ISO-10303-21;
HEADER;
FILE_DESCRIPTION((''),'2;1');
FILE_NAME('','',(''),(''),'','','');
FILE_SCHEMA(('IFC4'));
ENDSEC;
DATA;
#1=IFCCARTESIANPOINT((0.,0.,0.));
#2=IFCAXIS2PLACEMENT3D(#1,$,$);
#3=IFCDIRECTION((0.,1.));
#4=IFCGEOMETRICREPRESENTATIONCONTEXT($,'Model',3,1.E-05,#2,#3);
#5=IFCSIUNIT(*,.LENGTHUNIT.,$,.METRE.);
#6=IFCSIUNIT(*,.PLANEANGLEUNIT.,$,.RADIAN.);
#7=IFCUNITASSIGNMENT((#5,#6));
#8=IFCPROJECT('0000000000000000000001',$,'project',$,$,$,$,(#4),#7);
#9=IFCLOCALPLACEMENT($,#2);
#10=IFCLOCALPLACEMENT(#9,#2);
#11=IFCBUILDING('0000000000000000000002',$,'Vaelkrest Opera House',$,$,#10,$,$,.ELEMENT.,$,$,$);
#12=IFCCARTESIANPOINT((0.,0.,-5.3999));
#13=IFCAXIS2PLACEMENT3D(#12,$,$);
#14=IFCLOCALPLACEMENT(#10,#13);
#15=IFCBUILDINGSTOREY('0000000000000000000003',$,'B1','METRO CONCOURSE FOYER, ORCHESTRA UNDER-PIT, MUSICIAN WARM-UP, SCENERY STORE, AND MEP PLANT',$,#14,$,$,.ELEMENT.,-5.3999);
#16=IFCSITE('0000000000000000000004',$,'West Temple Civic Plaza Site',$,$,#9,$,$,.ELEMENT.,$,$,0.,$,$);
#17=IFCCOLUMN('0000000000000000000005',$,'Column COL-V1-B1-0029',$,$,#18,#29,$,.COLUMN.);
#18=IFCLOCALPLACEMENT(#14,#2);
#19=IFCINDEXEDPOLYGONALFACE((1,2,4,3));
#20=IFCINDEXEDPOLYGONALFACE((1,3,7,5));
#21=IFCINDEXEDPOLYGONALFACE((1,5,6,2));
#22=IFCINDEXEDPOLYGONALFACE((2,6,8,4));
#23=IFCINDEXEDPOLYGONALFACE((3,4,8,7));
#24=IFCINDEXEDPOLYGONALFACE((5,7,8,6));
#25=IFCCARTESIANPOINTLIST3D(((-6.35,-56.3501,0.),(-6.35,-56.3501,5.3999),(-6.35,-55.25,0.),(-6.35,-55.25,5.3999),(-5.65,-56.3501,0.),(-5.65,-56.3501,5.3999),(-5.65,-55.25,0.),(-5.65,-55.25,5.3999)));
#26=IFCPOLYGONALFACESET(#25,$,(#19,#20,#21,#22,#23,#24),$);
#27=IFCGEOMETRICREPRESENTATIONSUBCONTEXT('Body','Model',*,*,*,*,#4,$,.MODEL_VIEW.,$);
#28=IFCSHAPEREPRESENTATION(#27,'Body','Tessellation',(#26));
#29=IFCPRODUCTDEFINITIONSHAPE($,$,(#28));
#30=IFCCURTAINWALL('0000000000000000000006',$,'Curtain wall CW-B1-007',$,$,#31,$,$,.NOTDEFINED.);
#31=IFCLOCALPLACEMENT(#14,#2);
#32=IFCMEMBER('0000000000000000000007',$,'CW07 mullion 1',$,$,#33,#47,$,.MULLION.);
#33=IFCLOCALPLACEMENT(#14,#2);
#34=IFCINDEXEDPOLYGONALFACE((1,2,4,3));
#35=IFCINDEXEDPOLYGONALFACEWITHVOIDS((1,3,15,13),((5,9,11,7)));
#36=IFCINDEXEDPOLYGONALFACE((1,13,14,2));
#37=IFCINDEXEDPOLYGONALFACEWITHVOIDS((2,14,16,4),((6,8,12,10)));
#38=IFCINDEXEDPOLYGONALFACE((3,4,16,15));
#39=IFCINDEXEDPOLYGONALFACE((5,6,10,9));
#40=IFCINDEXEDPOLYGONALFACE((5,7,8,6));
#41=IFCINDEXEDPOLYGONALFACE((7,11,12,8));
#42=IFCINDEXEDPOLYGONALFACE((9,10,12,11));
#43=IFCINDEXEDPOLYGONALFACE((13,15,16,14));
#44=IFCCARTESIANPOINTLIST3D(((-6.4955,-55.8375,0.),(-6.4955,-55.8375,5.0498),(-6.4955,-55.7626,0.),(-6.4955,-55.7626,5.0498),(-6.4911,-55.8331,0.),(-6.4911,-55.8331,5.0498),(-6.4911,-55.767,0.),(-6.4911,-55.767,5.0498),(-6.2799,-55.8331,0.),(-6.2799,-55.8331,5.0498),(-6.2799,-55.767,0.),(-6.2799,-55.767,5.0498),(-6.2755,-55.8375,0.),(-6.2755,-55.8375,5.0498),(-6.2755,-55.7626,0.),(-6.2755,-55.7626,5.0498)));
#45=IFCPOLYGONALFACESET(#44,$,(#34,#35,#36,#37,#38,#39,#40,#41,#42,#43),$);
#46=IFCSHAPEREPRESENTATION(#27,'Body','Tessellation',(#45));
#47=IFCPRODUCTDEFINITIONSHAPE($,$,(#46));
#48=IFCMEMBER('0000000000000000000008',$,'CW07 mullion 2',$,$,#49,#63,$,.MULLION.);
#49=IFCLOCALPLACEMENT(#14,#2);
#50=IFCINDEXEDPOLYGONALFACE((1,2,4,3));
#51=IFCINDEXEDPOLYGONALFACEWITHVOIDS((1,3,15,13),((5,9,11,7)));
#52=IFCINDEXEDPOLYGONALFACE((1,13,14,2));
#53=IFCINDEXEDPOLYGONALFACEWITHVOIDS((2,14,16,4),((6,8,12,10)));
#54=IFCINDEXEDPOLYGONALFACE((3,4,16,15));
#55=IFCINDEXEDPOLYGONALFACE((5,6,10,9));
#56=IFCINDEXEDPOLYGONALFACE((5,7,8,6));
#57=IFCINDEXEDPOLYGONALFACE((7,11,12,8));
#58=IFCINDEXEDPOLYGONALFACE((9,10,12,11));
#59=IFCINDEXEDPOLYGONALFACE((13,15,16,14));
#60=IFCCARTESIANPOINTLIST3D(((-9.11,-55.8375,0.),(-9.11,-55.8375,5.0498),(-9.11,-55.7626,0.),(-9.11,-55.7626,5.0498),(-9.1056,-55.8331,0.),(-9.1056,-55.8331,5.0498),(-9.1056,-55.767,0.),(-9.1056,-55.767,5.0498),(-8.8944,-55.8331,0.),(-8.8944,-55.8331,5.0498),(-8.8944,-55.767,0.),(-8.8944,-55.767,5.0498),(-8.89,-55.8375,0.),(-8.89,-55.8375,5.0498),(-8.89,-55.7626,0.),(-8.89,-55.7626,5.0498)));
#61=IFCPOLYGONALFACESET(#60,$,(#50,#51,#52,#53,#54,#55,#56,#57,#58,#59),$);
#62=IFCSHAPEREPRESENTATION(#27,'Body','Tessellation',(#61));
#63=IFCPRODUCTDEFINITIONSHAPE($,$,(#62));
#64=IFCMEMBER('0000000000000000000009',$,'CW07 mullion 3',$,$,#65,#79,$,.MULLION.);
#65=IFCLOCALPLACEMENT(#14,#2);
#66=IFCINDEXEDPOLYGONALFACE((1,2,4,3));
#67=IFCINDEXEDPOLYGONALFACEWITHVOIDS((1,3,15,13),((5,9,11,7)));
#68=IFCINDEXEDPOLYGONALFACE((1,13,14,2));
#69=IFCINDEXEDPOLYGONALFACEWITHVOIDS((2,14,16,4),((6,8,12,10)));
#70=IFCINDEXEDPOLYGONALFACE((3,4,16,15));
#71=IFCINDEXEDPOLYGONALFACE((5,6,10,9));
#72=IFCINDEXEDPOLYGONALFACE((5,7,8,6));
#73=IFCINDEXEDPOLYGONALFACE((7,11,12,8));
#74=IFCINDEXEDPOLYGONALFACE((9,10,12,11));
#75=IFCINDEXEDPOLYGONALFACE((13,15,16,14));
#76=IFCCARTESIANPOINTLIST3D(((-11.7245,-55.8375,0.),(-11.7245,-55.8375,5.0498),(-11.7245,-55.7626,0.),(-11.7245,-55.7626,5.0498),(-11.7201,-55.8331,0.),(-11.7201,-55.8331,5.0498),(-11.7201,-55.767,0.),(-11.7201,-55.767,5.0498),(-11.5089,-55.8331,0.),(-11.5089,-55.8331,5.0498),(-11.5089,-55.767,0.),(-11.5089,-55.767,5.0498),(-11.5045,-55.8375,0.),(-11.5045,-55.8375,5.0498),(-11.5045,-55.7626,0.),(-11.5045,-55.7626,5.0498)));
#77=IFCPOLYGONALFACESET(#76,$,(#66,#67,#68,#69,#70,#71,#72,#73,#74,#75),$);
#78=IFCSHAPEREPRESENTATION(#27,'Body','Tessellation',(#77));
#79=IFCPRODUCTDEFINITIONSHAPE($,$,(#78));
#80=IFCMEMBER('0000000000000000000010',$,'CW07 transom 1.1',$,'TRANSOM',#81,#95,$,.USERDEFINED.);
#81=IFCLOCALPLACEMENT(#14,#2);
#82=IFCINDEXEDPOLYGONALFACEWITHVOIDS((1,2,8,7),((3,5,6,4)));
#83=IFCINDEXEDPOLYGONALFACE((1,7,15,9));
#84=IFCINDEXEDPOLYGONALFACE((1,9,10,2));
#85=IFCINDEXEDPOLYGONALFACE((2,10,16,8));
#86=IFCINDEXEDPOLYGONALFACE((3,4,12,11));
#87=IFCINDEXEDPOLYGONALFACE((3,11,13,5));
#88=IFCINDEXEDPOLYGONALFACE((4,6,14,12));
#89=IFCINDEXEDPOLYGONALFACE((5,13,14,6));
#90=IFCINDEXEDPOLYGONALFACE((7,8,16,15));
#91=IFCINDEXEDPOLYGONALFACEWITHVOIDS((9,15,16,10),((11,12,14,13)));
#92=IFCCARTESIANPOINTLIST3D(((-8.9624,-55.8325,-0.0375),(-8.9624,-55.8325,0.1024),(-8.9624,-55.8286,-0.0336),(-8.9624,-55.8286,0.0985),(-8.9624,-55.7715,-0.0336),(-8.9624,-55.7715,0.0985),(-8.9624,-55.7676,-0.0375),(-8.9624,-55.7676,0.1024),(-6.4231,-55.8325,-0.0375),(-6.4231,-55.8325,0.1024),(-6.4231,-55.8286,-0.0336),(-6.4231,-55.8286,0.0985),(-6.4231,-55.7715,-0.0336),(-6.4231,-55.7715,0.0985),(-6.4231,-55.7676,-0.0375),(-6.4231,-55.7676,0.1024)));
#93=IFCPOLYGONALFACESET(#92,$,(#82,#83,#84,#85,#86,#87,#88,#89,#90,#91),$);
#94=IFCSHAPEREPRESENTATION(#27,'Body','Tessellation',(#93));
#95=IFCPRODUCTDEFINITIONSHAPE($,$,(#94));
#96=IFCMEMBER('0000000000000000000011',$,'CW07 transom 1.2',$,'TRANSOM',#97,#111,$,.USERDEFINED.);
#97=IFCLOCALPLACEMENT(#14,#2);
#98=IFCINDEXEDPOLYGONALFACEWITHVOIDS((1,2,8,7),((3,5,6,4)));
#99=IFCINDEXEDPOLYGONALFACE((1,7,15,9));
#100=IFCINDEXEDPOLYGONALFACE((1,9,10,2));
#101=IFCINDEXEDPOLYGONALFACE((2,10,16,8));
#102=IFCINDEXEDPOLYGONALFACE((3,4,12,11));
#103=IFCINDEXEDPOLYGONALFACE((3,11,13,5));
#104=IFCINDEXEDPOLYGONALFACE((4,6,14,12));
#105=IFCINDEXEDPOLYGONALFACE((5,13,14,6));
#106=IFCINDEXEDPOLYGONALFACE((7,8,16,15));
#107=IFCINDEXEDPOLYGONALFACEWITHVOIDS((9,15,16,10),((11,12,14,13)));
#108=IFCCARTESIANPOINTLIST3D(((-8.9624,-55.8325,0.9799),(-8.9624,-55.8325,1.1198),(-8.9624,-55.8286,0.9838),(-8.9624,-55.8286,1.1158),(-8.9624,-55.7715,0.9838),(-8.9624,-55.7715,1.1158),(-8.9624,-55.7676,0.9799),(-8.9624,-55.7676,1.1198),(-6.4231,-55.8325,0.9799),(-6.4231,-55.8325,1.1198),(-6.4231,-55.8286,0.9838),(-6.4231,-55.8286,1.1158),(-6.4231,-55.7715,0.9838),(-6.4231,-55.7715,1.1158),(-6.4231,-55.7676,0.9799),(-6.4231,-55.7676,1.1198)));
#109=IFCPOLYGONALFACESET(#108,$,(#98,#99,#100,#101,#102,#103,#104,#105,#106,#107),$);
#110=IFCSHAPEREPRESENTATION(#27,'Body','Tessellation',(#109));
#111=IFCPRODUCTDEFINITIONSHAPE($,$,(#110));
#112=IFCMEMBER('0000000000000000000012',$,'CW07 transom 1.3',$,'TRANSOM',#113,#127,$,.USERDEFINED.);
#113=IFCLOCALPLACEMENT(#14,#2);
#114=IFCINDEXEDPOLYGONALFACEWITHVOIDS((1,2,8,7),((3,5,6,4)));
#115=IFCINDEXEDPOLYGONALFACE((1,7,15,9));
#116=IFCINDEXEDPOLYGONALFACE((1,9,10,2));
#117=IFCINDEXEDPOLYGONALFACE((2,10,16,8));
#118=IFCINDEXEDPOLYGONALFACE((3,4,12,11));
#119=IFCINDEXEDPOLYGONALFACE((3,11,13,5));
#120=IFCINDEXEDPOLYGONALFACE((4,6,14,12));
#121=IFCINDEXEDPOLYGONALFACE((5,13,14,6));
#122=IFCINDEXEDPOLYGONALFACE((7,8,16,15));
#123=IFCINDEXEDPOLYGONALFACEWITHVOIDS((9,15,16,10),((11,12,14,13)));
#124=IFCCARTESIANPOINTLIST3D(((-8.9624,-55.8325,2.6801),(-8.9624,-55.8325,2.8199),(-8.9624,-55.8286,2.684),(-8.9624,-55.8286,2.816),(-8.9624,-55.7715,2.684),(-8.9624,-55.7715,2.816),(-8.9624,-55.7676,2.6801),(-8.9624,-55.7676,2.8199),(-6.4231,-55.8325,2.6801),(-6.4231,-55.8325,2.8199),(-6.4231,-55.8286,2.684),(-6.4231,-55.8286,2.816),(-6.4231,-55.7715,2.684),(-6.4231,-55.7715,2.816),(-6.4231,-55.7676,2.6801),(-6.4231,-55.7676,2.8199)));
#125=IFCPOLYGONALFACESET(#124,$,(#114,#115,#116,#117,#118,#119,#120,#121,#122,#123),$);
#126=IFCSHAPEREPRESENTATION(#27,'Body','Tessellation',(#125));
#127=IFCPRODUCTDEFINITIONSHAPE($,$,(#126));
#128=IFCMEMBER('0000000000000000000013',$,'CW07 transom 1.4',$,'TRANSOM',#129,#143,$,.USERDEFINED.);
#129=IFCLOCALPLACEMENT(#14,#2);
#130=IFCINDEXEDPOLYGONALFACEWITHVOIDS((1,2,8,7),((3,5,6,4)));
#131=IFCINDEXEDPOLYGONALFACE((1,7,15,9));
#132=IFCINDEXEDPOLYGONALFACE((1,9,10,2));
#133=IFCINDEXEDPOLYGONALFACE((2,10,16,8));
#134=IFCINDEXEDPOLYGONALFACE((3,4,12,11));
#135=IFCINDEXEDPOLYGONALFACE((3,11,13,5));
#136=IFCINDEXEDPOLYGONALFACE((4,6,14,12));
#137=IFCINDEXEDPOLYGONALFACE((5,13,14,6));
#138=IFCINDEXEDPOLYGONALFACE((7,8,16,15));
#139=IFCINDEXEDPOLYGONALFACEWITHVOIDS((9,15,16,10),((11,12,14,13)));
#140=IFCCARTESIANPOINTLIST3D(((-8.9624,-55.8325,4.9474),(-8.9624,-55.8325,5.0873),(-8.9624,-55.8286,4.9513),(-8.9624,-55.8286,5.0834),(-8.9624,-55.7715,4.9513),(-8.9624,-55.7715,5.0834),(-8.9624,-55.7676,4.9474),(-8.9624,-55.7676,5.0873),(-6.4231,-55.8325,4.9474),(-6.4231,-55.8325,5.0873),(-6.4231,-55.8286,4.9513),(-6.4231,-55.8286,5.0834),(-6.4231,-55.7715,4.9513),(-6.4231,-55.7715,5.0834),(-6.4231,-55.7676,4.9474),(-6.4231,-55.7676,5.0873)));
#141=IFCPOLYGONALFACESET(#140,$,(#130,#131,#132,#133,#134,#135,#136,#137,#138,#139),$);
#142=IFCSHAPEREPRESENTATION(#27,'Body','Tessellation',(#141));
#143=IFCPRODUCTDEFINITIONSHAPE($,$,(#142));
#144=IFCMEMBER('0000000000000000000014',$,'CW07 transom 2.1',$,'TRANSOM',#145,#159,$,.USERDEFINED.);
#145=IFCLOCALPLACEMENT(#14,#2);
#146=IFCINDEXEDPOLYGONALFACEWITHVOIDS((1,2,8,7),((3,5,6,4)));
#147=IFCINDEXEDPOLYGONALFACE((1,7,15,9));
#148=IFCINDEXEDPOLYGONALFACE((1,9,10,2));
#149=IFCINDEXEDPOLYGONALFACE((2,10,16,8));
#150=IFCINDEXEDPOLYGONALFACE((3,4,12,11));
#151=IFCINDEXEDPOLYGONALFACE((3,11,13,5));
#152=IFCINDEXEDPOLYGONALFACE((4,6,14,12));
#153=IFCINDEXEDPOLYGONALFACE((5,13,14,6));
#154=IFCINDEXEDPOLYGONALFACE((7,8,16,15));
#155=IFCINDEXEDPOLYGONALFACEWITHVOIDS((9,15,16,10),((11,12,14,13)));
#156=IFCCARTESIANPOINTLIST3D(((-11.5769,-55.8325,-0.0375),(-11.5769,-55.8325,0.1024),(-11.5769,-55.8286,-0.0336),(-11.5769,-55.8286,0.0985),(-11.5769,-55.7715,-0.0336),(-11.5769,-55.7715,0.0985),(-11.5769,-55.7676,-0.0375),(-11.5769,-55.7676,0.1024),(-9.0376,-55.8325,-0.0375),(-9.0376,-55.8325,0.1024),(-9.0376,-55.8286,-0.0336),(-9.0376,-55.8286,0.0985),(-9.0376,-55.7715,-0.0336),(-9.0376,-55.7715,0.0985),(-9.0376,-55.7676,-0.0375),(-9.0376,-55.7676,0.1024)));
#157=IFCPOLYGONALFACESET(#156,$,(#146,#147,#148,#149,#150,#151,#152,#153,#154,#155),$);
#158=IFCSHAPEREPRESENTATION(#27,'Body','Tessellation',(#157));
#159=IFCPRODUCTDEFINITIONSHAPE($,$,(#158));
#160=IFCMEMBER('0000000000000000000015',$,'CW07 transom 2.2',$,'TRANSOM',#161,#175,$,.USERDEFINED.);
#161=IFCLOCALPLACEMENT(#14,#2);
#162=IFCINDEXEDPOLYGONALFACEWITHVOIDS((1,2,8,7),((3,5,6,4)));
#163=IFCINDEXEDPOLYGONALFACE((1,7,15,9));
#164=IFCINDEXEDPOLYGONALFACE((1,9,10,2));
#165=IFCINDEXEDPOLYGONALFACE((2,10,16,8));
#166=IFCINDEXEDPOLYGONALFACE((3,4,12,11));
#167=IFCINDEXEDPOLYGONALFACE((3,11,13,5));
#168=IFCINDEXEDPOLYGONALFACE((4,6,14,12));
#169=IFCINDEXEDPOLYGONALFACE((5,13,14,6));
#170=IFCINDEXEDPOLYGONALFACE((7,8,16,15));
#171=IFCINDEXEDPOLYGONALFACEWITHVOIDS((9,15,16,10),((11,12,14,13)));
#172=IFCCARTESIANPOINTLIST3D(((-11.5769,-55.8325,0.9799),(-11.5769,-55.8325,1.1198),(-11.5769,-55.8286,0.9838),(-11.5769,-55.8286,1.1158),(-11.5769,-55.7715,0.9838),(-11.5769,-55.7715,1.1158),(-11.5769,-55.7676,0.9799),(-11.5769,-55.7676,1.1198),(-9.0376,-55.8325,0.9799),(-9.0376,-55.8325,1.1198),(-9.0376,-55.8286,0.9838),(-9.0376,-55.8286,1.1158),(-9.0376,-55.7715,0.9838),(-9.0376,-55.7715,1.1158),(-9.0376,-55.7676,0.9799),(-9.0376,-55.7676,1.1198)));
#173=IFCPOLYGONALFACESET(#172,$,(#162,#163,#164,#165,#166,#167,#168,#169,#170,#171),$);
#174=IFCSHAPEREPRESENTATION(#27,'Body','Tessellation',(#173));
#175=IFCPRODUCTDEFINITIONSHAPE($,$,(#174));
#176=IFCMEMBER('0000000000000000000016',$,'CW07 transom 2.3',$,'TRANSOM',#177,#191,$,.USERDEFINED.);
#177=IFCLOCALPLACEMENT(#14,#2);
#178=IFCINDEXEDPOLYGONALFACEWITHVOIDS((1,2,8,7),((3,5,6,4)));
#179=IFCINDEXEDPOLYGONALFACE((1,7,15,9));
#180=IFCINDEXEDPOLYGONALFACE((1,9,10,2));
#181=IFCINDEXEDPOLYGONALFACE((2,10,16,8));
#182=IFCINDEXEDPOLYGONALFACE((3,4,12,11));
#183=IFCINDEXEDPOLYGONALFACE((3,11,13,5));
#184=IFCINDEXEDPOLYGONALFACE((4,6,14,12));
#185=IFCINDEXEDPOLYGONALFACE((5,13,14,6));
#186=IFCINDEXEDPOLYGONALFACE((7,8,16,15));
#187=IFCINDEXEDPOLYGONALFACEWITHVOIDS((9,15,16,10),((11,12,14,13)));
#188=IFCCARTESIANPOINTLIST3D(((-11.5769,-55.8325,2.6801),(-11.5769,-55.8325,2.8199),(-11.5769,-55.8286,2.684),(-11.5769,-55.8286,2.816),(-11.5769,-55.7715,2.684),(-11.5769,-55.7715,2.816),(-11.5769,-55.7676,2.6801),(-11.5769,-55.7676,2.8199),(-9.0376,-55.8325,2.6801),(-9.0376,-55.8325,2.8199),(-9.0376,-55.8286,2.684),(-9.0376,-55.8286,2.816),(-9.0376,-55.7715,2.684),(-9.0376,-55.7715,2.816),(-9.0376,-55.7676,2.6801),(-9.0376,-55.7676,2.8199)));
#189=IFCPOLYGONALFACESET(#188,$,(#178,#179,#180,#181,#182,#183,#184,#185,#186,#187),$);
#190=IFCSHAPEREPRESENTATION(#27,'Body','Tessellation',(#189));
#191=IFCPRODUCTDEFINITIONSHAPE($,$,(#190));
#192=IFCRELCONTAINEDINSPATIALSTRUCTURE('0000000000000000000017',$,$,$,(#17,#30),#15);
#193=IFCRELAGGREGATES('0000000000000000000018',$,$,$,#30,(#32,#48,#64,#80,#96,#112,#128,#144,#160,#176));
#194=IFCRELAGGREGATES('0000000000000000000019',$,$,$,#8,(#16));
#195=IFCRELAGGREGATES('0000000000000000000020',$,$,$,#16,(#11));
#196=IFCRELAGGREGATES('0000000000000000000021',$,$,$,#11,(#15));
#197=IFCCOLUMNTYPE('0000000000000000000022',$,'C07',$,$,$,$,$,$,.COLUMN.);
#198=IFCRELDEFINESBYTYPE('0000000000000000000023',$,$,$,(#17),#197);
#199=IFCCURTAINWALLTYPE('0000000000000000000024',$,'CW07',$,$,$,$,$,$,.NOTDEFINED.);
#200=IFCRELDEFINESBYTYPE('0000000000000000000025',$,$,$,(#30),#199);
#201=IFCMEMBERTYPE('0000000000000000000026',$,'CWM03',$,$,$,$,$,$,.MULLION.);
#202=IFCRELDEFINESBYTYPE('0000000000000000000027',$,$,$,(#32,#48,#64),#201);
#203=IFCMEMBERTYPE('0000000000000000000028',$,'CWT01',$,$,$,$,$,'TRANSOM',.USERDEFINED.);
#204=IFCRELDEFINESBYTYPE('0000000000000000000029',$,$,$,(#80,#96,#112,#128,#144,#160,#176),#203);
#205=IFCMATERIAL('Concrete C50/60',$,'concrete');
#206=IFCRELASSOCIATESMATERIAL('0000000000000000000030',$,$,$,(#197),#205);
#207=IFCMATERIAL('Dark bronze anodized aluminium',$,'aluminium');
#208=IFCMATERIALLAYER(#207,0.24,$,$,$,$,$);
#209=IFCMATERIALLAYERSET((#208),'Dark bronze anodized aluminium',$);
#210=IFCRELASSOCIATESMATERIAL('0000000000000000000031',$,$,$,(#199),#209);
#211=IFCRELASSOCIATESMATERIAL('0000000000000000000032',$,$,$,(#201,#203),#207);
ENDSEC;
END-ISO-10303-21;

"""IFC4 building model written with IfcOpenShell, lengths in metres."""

from ifc_helpers import new_model, si_unit, direction, frame, origin, origin_2d, place, context, subcontext, project, spatial, rectangle, hollow_rectangle, extrude, material, layer, layer_set, material_profile, profile_set, type_object, element, aggregate, save


model = new_model("IFC4")

# Units and contexts
model_context = context("Model", 3, precision=1e-05, world=origin(), true_north=direction((0.0, 1.0)))
body_context = subcontext(model_context, "Body", "Model", "MODEL_VIEW")
ifc_project = project(units=[si_unit("LENGTHUNIT", "METRE"), si_unit("PLANEANGLEUNIT", "RADIAN")], contexts=[model_context])

# Site, building, storey
site_placement = place(None, origin())
site = spatial("IfcSite", under=ifc_project, at=site_placement, Name="West Temple Civic Plaza Site", CompositionType="ELEMENT", RefElevation=0.0)
building_placement = place(site_placement, origin())
building = spatial("IfcBuilding", under=site, at=building_placement, Name="Vaelkrest Opera House", CompositionType="ELEMENT")
storey_placement = place(building_placement, frame((0.0, 0.0, -5.3999)))
storey = spatial("IfcBuildingStorey", under=building, at=storey_placement, Name="B1", Description="METRO CONCOURSE FOYER, ORCHESTRA UNDER-PIT, MUSICIAN WARM-UP, SCENERY STORE, AND MEP PLANT", CompositionType="ELEMENT", Elevation=-5.3999)

# Column
ifc_material_1 = material(Name="Concrete C50/60", Category="concrete")
ifc_material_profile_1 = material_profile(ifc_material_1, rectangle(XDim=0.7, YDim=1.1001, at=origin_2d()), Name="RC700X1100")
ifc_profile_set_1 = profile_set([ifc_material_profile_1], Name="Concrete C50/60")
column_type = type_object("IfcColumnType", Name="C07", PredefinedType="COLUMN", material=ifc_profile_set_1)
column_placement = place(storey_placement, frame((-6.0, -55.8, 0.0), z_axis=(0.0, 0.0, 1.0), x_axis=(1.0, 0.0, 0.0)))
element("IfcColumn", 1, at=column_placement, inside=storey, type_object=column_type, Name="Column COL-V1-B1-0029", PredefinedType="COLUMN", context=body_context, shape_type="SweptSolid", body=[
    extrude(rectangle(XDim=0.7, YDim=1.1001, at=origin_2d()), origin(), (0.0, 0.0, 1.0), 5.3999),
])

# Curtain wall, members
ifc_material_2 = material(Name="Dark bronze anodized aluminium", Category="aluminium")
ifc_layer_1 = layer(ifc_material_2, 0.24)
ifc_layer_set_1 = layer_set([ifc_layer_1], Name="Dark bronze anodized aluminium")
curtain_wall_type = type_object("IfcCurtainWallType", Name="CW07", PredefinedType="NOTDEFINED", material=ifc_layer_set_1)
curtain_wall_placement = place(storey_placement, origin())
curtain_wall = element("IfcCurtainWall", 2, at=curtain_wall_placement, inside=storey, type_object=curtain_wall_type, Name="Curtain wall CW-B1-007", PredefinedType="NOTDEFINED")
ifc_material_profile_2 = material_profile(ifc_material_2, hollow_rectangle(XDim=0.075, YDim=0.22, WallThickness=0.0044, at=origin_2d()), Name="CWM75X220")
ifc_profile_set_2 = profile_set([ifc_material_profile_2], Name="Dark bronze anodized aluminium")
member_type_1 = type_object("IfcMemberType", Name="CWM03", PredefinedType="MULLION", material=ifc_profile_set_2)
member_1_placement = place(storey_placement, frame((-6.3855, -55.8, 0.0), z_axis=(0.0, 0.0, 1.0), x_axis=(0.0, -1.0, 0.0)))
member_1 = element("IfcMember", 3, at=member_1_placement, type_object=member_type_1, Name="CW07 mullion 1", PredefinedType="MULLION", context=body_context, shape_type="SweptSolid", body=[
    extrude(hollow_rectangle(XDim=0.075, YDim=0.22, WallThickness=0.0044, at=origin_2d()), origin(), (0.0, 0.0, 1.0), 5.0498),
])
member_2_placement = place(storey_placement, frame((-9.0, -55.8, 0.0), z_axis=(0.0, 0.0, 1.0), x_axis=(0.0, -1.0, 0.0)))
member_2 = element("IfcMember", 4, at=member_2_placement, type_object=member_type_1, Name="CW07 mullion 2", PredefinedType="MULLION", context=body_context, shape_type="SweptSolid", body=[
    extrude(hollow_rectangle(XDim=0.075, YDim=0.22, WallThickness=0.0044, at=origin_2d()), origin(), (0.0, 0.0, 1.0), 5.0498),
])
member_3_placement = place(storey_placement, frame((-11.6145, -55.8, 0.0), z_axis=(0.0, 0.0, 1.0), x_axis=(0.0, -1.0, 0.0)))
member_3 = element("IfcMember", 5, at=member_3_placement, type_object=member_type_1, Name="CW07 mullion 3", PredefinedType="MULLION", context=body_context, shape_type="SweptSolid", body=[
    extrude(hollow_rectangle(XDim=0.075, YDim=0.22, WallThickness=0.0044, at=origin_2d()), origin(), (0.0, 0.0, 1.0), 5.0498),
])
ifc_material_profile_3 = material_profile(ifc_material_2, hollow_rectangle(XDim=0.0649, YDim=0.1399, WallThickness=0.0039, at=origin_2d()), Name="CWT65X140")
ifc_profile_set_3 = profile_set([ifc_material_profile_3], Name="Dark bronze anodized aluminium")
member_type_2 = type_object("IfcMemberType", Name="CWT01", ElementType="TRANSOM", PredefinedType="USERDEFINED", material=ifc_profile_set_3)
member_4_placement = place(storey_placement, frame((-6.4231, -55.8, 0.0325), z_axis=(-1.0, 0.0, 0.0), x_axis=(0.0, -1.0, 0.0)))
member_4 = element("IfcMember", 6, at=member_4_placement, type_object=member_type_2, Name="CW07 transom 1.1", ObjectType="TRANSOM", PredefinedType="USERDEFINED", context=body_context, shape_type="SweptSolid", body=[
    extrude(hollow_rectangle(XDim=0.0649, YDim=0.1399, WallThickness=0.0039, at=origin_2d()), origin(), (0.0, 0.0, 1.0), 2.5393),
])
member_5_placement = place(storey_placement, frame((-6.4231, -55.8, 1.0498), z_axis=(-1.0, 0.0, 0.0), x_axis=(0.0, -1.0, 0.0)))
member_5 = element("IfcMember", 7, at=member_5_placement, type_object=member_type_2, Name="CW07 transom 1.2", ObjectType="TRANSOM", PredefinedType="USERDEFINED", context=body_context, shape_type="SweptSolid", body=[
    extrude(hollow_rectangle(XDim=0.0649, YDim=0.1399, WallThickness=0.0039, at=origin_2d()), origin(), (0.0, 0.0, 1.0), 2.5393),
])
member_6_placement = place(storey_placement, frame((-6.4231, -55.8, 2.75), z_axis=(-1.0, 0.0, 0.0), x_axis=(0.0, -1.0, 0.0)))
member_6 = element("IfcMember", 8, at=member_6_placement, type_object=member_type_2, Name="CW07 transom 1.3", ObjectType="TRANSOM", PredefinedType="USERDEFINED", context=body_context, shape_type="SweptSolid", body=[
    extrude(hollow_rectangle(XDim=0.0649, YDim=0.1399, WallThickness=0.0039, at=origin_2d()), origin(), (0.0, 0.0, 1.0), 2.5393),
])
member_7_placement = place(storey_placement, frame((-6.4231, -55.8, 5.0173), z_axis=(-1.0, 0.0, 0.0), x_axis=(0.0, -1.0, 0.0)))
member_7 = element("IfcMember", 9, at=member_7_placement, type_object=member_type_2, Name="CW07 transom 1.4", ObjectType="TRANSOM", PredefinedType="USERDEFINED", context=body_context, shape_type="SweptSolid", body=[
    extrude(hollow_rectangle(XDim=0.0649, YDim=0.1399, WallThickness=0.0039, at=origin_2d()), origin(), (0.0, 0.0, 1.0), 2.5393),
])
member_8_placement = place(storey_placement, frame((-9.0376, -55.8, 0.0325), z_axis=(-1.0, 0.0, 0.0), x_axis=(0.0, -1.0, 0.0)))
member_8 = element("IfcMember", 10, at=member_8_placement, type_object=member_type_2, Name="CW07 transom 2.1", ObjectType="TRANSOM", PredefinedType="USERDEFINED", context=body_context, shape_type="SweptSolid", body=[
    extrude(hollow_rectangle(XDim=0.0649, YDim=0.1399, WallThickness=0.0039, at=origin_2d()), origin(), (0.0, 0.0, 1.0), 2.5393),
])
member_9_placement = place(storey_placement, frame((-9.0376, -55.8, 1.0498), z_axis=(-1.0, 0.0, 0.0), x_axis=(0.0, -1.0, 0.0)))
member_9 = element("IfcMember", 11, at=member_9_placement, type_object=member_type_2, Name="CW07 transom 2.2", ObjectType="TRANSOM", PredefinedType="USERDEFINED", context=body_context, shape_type="SweptSolid", body=[
    extrude(hollow_rectangle(XDim=0.0649, YDim=0.1399, WallThickness=0.0039, at=origin_2d()), origin(), (0.0, 0.0, 1.0), 2.5393),
])
member_10_placement = place(storey_placement, frame((-9.0376, -55.8, 2.75), z_axis=(-1.0, 0.0, 0.0), x_axis=(0.0, -1.0, 0.0)))
member_10 = element("IfcMember", 12, at=member_10_placement, type_object=member_type_2, Name="CW07 transom 2.3", ObjectType="TRANSOM", PredefinedType="USERDEFINED", context=body_context, shape_type="SweptSolid", body=[
    extrude(hollow_rectangle(XDim=0.0649, YDim=0.1399, WallThickness=0.0039, at=origin_2d()), origin(), (0.0, 0.0, 1.0), 2.5393),
])
aggregate(curtain_wall, [member_1, member_2, member_3, member_4, member_5, member_6, member_7, member_8, member_9, member_10])

save(model, "model.ifc")
